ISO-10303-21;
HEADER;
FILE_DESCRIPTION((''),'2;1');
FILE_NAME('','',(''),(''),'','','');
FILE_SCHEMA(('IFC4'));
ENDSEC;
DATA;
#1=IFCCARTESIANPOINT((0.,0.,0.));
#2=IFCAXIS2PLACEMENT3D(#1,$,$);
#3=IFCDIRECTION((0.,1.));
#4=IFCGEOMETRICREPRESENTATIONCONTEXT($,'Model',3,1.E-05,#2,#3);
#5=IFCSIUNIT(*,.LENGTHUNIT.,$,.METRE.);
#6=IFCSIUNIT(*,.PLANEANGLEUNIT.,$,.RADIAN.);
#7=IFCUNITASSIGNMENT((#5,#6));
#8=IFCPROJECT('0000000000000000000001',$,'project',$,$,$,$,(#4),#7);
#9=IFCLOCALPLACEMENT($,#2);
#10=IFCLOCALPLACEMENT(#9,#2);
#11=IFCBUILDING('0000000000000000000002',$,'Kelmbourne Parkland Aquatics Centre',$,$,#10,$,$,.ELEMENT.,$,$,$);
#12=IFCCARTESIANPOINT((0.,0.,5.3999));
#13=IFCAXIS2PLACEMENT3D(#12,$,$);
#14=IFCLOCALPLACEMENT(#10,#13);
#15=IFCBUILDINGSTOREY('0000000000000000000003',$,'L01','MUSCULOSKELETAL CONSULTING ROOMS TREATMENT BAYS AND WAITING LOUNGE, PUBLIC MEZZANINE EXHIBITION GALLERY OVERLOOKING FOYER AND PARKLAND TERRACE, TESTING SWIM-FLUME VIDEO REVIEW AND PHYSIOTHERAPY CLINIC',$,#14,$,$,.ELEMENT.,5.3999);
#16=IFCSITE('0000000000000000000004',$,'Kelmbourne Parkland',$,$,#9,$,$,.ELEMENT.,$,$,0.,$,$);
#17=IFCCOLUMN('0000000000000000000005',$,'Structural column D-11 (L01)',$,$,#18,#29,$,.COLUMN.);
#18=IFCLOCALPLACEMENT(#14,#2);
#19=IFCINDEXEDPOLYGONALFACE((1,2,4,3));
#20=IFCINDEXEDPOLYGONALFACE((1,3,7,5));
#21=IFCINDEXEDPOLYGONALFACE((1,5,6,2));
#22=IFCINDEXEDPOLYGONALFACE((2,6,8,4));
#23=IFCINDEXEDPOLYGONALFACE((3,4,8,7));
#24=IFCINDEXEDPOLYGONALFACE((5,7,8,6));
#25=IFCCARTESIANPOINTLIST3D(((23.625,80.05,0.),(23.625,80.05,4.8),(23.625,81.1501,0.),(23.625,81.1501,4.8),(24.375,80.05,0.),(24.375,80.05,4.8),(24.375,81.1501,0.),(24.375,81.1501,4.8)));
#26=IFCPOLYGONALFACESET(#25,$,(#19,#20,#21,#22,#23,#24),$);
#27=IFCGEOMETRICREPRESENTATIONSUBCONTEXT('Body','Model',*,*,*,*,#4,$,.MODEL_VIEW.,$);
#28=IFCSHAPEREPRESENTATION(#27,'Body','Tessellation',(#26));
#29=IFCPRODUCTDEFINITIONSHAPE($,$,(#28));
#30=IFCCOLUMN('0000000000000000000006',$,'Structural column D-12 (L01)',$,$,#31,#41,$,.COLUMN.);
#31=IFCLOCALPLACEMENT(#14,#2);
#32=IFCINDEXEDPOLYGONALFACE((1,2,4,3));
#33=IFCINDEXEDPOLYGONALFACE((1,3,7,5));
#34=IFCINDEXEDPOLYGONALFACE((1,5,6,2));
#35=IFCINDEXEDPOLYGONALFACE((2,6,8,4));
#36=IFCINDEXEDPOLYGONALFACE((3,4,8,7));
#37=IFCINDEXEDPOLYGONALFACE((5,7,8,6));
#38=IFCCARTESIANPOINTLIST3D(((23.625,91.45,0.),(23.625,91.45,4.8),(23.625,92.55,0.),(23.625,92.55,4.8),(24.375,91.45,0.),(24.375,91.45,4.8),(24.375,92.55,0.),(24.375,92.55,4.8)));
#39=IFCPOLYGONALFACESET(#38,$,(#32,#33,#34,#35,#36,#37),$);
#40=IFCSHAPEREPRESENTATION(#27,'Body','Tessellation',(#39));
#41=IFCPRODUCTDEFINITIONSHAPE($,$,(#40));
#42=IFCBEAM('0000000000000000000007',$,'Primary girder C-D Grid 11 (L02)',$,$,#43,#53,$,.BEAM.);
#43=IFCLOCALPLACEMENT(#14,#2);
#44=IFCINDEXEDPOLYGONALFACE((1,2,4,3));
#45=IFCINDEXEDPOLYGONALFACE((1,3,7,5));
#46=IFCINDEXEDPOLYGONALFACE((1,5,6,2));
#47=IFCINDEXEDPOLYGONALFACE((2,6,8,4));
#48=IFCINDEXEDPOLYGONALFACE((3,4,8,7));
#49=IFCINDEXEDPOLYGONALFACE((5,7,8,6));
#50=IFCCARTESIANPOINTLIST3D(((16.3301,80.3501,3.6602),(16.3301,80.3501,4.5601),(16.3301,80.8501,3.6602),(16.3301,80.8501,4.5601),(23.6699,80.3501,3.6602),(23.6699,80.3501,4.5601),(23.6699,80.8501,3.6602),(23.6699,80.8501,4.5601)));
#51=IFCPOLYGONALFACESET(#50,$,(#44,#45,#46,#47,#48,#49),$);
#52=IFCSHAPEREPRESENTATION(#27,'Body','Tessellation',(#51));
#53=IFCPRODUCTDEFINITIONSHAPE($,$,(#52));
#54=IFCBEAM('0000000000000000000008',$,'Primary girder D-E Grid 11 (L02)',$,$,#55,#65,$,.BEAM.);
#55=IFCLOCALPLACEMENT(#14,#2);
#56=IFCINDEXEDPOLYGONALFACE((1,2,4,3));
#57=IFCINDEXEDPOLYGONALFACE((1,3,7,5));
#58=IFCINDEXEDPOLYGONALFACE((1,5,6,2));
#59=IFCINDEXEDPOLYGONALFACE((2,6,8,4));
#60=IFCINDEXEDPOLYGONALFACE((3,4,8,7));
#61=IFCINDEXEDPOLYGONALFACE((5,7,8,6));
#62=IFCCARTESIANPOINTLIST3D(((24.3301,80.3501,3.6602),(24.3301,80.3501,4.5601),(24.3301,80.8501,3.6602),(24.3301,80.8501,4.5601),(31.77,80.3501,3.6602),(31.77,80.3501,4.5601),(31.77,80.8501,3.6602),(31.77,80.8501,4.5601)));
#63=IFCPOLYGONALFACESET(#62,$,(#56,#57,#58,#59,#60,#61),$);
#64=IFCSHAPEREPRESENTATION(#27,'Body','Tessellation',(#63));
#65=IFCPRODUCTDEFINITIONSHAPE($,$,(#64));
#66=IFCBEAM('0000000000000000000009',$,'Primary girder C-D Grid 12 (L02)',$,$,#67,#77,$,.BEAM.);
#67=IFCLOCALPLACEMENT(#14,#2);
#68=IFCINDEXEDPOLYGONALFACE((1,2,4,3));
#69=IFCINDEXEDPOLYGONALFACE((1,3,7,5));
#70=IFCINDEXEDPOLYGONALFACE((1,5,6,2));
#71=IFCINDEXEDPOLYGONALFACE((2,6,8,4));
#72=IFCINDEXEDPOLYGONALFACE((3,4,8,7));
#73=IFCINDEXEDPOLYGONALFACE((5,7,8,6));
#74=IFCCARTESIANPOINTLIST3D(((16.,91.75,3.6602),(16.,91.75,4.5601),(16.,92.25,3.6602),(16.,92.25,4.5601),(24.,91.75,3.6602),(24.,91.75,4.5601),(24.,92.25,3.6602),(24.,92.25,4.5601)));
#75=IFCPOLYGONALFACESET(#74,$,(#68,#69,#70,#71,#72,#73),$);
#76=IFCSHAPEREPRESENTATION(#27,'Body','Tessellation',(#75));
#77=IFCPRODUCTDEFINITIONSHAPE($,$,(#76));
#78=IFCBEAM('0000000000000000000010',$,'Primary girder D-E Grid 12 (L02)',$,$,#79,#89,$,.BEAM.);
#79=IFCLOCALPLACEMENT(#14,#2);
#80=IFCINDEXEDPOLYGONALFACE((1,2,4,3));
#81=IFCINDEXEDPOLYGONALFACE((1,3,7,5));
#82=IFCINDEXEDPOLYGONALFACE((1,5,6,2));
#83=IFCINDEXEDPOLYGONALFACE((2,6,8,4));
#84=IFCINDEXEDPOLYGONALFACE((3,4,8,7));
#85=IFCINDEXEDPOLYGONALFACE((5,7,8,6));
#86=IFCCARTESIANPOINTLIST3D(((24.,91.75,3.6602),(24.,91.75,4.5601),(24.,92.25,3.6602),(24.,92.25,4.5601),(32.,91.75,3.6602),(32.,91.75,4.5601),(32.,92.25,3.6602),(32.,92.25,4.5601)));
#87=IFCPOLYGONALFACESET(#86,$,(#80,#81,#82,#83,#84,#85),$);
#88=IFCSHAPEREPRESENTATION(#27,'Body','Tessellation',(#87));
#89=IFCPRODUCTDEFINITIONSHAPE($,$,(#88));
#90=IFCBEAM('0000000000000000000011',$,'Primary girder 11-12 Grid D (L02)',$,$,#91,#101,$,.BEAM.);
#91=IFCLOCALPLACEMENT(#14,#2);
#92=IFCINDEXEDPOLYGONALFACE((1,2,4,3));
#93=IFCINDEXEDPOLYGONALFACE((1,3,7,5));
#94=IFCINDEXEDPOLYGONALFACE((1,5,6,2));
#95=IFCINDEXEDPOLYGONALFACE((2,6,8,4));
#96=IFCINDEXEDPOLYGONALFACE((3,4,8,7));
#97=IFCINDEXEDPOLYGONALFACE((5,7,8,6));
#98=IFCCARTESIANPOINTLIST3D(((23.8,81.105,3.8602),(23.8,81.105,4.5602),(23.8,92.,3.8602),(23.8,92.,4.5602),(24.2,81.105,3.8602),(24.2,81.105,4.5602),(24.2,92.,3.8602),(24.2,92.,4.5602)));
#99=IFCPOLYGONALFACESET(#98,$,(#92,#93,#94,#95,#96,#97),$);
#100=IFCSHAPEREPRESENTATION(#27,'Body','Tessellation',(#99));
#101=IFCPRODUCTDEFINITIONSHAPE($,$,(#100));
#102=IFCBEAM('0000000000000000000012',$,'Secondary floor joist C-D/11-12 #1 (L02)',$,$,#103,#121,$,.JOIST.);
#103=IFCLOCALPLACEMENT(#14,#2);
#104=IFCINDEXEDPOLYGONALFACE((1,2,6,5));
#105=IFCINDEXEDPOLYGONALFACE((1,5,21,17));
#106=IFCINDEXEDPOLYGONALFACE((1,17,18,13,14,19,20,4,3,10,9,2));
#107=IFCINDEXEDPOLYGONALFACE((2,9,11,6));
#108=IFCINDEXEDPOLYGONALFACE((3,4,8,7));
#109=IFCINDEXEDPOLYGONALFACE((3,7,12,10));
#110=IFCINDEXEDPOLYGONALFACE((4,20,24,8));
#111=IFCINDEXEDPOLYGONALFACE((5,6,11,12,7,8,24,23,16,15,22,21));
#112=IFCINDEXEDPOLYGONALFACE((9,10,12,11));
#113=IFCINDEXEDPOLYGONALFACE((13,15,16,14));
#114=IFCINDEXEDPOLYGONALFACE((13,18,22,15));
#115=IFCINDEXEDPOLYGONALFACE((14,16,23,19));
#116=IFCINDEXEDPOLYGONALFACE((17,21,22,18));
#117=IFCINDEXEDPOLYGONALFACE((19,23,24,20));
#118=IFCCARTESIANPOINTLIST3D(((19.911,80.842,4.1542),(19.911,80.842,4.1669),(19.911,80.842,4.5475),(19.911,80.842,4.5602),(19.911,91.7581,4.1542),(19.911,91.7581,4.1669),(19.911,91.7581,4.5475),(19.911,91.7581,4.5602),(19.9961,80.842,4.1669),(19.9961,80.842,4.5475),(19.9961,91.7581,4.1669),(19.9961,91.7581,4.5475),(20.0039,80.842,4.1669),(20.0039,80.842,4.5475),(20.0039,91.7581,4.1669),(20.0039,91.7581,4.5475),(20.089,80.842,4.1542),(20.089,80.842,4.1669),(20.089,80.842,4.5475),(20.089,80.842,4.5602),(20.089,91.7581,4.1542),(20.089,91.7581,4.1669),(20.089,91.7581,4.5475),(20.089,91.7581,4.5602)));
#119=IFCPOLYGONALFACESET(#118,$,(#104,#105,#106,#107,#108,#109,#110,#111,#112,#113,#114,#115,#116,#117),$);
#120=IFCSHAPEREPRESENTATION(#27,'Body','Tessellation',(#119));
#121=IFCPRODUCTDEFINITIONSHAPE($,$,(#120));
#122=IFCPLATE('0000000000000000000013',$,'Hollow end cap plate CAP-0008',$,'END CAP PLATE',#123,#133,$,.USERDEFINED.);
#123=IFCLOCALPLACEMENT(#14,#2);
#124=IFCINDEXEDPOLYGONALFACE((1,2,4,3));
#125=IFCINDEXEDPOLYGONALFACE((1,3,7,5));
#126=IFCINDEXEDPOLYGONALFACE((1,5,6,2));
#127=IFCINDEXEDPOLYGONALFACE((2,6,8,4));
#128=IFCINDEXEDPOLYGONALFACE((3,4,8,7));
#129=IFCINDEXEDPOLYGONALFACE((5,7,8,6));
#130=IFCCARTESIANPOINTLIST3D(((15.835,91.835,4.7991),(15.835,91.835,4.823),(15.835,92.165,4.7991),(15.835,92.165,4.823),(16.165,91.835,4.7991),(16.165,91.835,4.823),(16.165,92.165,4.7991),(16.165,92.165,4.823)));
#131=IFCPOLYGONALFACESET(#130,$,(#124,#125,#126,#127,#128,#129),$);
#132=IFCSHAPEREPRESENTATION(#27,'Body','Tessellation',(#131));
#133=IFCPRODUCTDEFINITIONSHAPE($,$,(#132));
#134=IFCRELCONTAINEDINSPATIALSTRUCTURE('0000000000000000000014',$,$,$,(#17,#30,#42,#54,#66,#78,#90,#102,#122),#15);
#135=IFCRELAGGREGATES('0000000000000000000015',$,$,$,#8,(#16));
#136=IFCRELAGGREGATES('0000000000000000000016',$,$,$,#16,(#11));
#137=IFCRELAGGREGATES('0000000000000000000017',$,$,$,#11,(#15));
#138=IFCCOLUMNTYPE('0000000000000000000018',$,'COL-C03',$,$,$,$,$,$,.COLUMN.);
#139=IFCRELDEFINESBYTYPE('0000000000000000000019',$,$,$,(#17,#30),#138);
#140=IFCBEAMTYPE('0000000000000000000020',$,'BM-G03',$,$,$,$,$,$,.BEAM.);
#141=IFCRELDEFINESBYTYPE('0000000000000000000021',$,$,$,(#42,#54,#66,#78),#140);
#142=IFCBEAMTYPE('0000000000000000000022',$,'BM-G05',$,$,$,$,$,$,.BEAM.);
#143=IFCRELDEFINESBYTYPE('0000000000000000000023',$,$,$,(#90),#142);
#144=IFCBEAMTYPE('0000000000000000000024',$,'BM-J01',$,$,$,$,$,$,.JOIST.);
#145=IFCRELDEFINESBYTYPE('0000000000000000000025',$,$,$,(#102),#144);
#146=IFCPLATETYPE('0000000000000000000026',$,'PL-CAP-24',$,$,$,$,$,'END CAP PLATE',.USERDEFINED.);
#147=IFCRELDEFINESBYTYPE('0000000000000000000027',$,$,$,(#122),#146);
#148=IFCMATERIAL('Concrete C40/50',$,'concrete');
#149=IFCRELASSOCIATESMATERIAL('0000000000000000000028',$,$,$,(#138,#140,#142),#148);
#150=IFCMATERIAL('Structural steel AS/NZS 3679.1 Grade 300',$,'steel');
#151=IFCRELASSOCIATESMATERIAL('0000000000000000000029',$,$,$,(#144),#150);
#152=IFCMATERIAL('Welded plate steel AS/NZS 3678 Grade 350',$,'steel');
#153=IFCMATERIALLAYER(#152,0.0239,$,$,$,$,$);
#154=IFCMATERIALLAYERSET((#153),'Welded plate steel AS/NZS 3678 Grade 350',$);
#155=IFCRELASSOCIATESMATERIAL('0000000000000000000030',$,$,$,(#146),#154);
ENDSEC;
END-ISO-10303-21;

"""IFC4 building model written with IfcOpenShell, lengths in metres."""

from ifc_helpers import new_model, si_unit, direction, frame, origin, origin_2d, place, context, subcontext, project, spatial, rectangle, i_section, extrude, material, layer, layer_set, material_profile, profile_set, type_object, element, save


model = new_model("IFC4")

# Units and contexts
model_context = context("Model", 3, precision=1e-05, world=origin(), true_north=direction((0.0, 1.0)))
body_context = subcontext(model_context, "Body", "Model", "MODEL_VIEW")
ifc_project = project(units=[si_unit("LENGTHUNIT", "METRE"), si_unit("PLANEANGLEUNIT", "RADIAN")], contexts=[model_context])

# Site, building, storey
site_placement = place(None, origin())
site = spatial("IfcSite", under=ifc_project, at=site_placement, Name="Kelmbourne Parkland", CompositionType="ELEMENT", RefElevation=0.0)
building_placement = place(site_placement, origin())
building = spatial("IfcBuilding", under=site, at=building_placement, Name="Kelmbourne Parkland Aquatics Centre", CompositionType="ELEMENT")
storey_placement = place(building_placement, frame((0.0, 0.0, 5.3999)))
storey = spatial("IfcBuildingStorey", under=building, at=storey_placement, Name="L01", Description="MUSCULOSKELETAL CONSULTING ROOMS TREATMENT BAYS AND WAITING LOUNGE, PUBLIC MEZZANINE EXHIBITION GALLERY OVERLOOKING FOYER AND PARKLAND TERRACE, TESTING SWIM-FLUME VIDEO REVIEW AND PHYSIOTHERAPY CLINIC", CompositionType="ELEMENT", Elevation=5.3999)

# Columns
ifc_material_1 = material(Name="Concrete C40/50", Category="concrete")
ifc_material_profile_1 = material_profile(ifc_material_1, rectangle(XDim=0.75, YDim=1.1001, at=origin_2d()), Name="RC 750x1100")
ifc_profile_set_1 = profile_set([ifc_material_profile_1], Name="Concrete C40/50")
column_type = type_object("IfcColumnType", Name="COL-C03", PredefinedType="COLUMN", material=ifc_profile_set_1)
for number, where, z_axis, x_axis, name in (
    (1, (24.0, 80.6001, 0.0), (0.0, 0.0, 1.0), (1.0, 0.0, 0.0), "Structural column D-11 (L01)"),
    (2, (24.0, 92.0, 0.0), (0.0, 0.0, 1.0), (1.0, 0.0, 0.0), "Structural column D-12 (L01)"),
):
    element("IfcColumn", number, at=place(storey_placement, frame(where, z_axis=z_axis, x_axis=x_axis)), inside=storey, type_object=column_type, Name=name, PredefinedType="COLUMN", context=body_context, shape_type="SweptSolid", body=[
        extrude(rectangle(XDim=0.75, YDim=1.1001, at=origin_2d()), origin(), (0.0, 0.0, 1.0), 4.8),
    ])

# Beams
ifc_material_profile_2 = material_profile(ifc_material_1, rectangle(XDim=0.5, YDim=0.8999, at=origin_2d()), Name="RC 500x900")
ifc_profile_set_2 = profile_set([ifc_material_profile_2], Name="Concrete C40/50")
beam_type_1 = type_object("IfcBeamType", Name="BM-G03", PredefinedType="BEAM", material=ifc_profile_set_2)
beam_1_placement = place(storey_placement, frame((16.3301, 80.6001, 4.1101), z_axis=(1.0, 0.0, 0.0), x_axis=(0.0, 1.0, 0.0)))
element("IfcBeam", 3, at=beam_1_placement, inside=storey, type_object=beam_type_1, Name="Primary girder C-D Grid 11 (L02)", PredefinedType="BEAM", context=body_context, shape_type="SweptSolid", body=[
    extrude(rectangle(XDim=0.5, YDim=0.8999, at=origin_2d()), origin(), (0.0, 0.0, 1.0), 7.3398),
])
beam_2_placement = place(storey_placement, frame((24.3301, 80.6001, 4.1101), z_axis=(1.0, 0.0, 0.0), x_axis=(0.0, 1.0, 0.0)))
element("IfcBeam", 4, at=beam_2_placement, inside=storey, type_object=beam_type_1, Name="Primary girder D-E Grid 11 (L02)", PredefinedType="BEAM", context=body_context, shape_type="SweptSolid", body=[
    extrude(rectangle(XDim=0.5, YDim=0.8999, at=origin_2d()), origin(), (0.0, 0.0, 1.0), 7.4399),
])
for number, where, z_axis, x_axis, name in (
    (5, (16.0, 92.0, 4.1101), (1.0, 0.0, 0.0), (0.0, 1.0, 0.0), "Primary girder C-D Grid 12 (L02)"),
    (6, (24.0, 92.0, 4.1101), (1.0, 0.0, 0.0), (0.0, 1.0, 0.0), "Primary girder D-E Grid 12 (L02)"),
):
    element("IfcBeam", number, at=place(storey_placement, frame(where, z_axis=z_axis, x_axis=x_axis)), inside=storey, type_object=beam_type_1, Name=name, PredefinedType="BEAM", context=body_context, shape_type="SweptSolid", body=[
        extrude(rectangle(XDim=0.5, YDim=0.8999, at=origin_2d()), origin(), (0.0, 0.0, 1.0), 8.0),
    ])
ifc_material_profile_3 = material_profile(ifc_material_1, rectangle(XDim=0.3999, YDim=0.7, at=origin_2d()), Name="RC 400x700")
ifc_profile_set_3 = profile_set([ifc_material_profile_3], Name="Concrete C40/50")
beam_type_2 = type_object("IfcBeamType", Name="BM-G05", PredefinedType="BEAM", material=ifc_profile_set_3)
beam_3_placement = place(storey_placement, frame((24.0, 81.105, 4.2102), z_axis=(0.0, 1.0, 0.0), x_axis=(-1.0, 0.0, 0.0)))
element("IfcBeam", 7, at=beam_3_placement, inside=storey, type_object=beam_type_2, Name="Primary girder 11-12 Grid D (L02)", PredefinedType="BEAM", context=body_context, shape_type="SweptSolid", body=[
    extrude(rectangle(XDim=0.3999, YDim=0.7, at=origin_2d()), origin(), (0.0, 0.0, 1.0), 10.895),
])
ifc_material_2 = material(Name="Structural steel AS/NZS 3679.1 Grade 300", Category="steel")
ifc_material_profile_4 = material_profile(ifc_material_2, i_section(OverallWidth=0.178, OverallDepth=0.406, WebThickness=0.0078, FlangeThickness=0.0127, at=origin_2d()), Name="410UB59.7")
ifc_profile_set_4 = profile_set([ifc_material_profile_4], Name="Structural steel AS/NZS 3679.1 Grade 300")
beam_type_3 = type_object("IfcBeamType", Name="BM-J01", PredefinedType="JOIST", material=ifc_profile_set_4)
beam_4_placement = place(storey_placement, frame((20.0, 80.842, 4.3572), z_axis=(0.0, 1.0, 0.0), x_axis=(-1.0, 0.0, 0.0)))
element("IfcBeam", 8, at=beam_4_placement, inside=storey, type_object=beam_type_3, Name="Secondary floor joist C-D/11-12 #1 (L02)", PredefinedType="JOIST", context=body_context, shape_type="SweptSolid", body=[
    extrude(i_section(OverallWidth=0.178, OverallDepth=0.406, WebThickness=0.0078, FlangeThickness=0.0127, at=origin_2d()), origin(), (0.0, 0.0, 1.0), 10.916),
])

# Plate
ifc_material_3 = material(Name="Welded plate steel AS/NZS 3678 Grade 350", Category="steel")
ifc_layer_1 = layer(ifc_material_3, 0.0239)
ifc_layer_set_1 = layer_set([ifc_layer_1], Name="Welded plate steel AS/NZS 3678 Grade 350")
plate_type = type_object("IfcPlateType", Name="PL-CAP-24", ElementType="END CAP PLATE", PredefinedType="USERDEFINED", material=ifc_layer_set_1)
plate_placement = place(storey_placement, frame((16.0, 92.0, 4.7991), z_axis=(0.0, 0.0, 1.0), x_axis=(1.0, 0.0, 0.0)))
element("IfcPlate", 9, at=plate_placement, inside=storey, type_object=plate_type, Name="Hollow end cap plate CAP-0008", ObjectType="END CAP PLATE", PredefinedType="USERDEFINED", context=body_context, shape_type="SweptSolid", body=[
    extrude(rectangle(XDim=0.3301, YDim=0.3301, at=origin_2d()), origin(), (0.0, 0.0, 1.0), 0.0239),
])

save(model, "model.ifc")
